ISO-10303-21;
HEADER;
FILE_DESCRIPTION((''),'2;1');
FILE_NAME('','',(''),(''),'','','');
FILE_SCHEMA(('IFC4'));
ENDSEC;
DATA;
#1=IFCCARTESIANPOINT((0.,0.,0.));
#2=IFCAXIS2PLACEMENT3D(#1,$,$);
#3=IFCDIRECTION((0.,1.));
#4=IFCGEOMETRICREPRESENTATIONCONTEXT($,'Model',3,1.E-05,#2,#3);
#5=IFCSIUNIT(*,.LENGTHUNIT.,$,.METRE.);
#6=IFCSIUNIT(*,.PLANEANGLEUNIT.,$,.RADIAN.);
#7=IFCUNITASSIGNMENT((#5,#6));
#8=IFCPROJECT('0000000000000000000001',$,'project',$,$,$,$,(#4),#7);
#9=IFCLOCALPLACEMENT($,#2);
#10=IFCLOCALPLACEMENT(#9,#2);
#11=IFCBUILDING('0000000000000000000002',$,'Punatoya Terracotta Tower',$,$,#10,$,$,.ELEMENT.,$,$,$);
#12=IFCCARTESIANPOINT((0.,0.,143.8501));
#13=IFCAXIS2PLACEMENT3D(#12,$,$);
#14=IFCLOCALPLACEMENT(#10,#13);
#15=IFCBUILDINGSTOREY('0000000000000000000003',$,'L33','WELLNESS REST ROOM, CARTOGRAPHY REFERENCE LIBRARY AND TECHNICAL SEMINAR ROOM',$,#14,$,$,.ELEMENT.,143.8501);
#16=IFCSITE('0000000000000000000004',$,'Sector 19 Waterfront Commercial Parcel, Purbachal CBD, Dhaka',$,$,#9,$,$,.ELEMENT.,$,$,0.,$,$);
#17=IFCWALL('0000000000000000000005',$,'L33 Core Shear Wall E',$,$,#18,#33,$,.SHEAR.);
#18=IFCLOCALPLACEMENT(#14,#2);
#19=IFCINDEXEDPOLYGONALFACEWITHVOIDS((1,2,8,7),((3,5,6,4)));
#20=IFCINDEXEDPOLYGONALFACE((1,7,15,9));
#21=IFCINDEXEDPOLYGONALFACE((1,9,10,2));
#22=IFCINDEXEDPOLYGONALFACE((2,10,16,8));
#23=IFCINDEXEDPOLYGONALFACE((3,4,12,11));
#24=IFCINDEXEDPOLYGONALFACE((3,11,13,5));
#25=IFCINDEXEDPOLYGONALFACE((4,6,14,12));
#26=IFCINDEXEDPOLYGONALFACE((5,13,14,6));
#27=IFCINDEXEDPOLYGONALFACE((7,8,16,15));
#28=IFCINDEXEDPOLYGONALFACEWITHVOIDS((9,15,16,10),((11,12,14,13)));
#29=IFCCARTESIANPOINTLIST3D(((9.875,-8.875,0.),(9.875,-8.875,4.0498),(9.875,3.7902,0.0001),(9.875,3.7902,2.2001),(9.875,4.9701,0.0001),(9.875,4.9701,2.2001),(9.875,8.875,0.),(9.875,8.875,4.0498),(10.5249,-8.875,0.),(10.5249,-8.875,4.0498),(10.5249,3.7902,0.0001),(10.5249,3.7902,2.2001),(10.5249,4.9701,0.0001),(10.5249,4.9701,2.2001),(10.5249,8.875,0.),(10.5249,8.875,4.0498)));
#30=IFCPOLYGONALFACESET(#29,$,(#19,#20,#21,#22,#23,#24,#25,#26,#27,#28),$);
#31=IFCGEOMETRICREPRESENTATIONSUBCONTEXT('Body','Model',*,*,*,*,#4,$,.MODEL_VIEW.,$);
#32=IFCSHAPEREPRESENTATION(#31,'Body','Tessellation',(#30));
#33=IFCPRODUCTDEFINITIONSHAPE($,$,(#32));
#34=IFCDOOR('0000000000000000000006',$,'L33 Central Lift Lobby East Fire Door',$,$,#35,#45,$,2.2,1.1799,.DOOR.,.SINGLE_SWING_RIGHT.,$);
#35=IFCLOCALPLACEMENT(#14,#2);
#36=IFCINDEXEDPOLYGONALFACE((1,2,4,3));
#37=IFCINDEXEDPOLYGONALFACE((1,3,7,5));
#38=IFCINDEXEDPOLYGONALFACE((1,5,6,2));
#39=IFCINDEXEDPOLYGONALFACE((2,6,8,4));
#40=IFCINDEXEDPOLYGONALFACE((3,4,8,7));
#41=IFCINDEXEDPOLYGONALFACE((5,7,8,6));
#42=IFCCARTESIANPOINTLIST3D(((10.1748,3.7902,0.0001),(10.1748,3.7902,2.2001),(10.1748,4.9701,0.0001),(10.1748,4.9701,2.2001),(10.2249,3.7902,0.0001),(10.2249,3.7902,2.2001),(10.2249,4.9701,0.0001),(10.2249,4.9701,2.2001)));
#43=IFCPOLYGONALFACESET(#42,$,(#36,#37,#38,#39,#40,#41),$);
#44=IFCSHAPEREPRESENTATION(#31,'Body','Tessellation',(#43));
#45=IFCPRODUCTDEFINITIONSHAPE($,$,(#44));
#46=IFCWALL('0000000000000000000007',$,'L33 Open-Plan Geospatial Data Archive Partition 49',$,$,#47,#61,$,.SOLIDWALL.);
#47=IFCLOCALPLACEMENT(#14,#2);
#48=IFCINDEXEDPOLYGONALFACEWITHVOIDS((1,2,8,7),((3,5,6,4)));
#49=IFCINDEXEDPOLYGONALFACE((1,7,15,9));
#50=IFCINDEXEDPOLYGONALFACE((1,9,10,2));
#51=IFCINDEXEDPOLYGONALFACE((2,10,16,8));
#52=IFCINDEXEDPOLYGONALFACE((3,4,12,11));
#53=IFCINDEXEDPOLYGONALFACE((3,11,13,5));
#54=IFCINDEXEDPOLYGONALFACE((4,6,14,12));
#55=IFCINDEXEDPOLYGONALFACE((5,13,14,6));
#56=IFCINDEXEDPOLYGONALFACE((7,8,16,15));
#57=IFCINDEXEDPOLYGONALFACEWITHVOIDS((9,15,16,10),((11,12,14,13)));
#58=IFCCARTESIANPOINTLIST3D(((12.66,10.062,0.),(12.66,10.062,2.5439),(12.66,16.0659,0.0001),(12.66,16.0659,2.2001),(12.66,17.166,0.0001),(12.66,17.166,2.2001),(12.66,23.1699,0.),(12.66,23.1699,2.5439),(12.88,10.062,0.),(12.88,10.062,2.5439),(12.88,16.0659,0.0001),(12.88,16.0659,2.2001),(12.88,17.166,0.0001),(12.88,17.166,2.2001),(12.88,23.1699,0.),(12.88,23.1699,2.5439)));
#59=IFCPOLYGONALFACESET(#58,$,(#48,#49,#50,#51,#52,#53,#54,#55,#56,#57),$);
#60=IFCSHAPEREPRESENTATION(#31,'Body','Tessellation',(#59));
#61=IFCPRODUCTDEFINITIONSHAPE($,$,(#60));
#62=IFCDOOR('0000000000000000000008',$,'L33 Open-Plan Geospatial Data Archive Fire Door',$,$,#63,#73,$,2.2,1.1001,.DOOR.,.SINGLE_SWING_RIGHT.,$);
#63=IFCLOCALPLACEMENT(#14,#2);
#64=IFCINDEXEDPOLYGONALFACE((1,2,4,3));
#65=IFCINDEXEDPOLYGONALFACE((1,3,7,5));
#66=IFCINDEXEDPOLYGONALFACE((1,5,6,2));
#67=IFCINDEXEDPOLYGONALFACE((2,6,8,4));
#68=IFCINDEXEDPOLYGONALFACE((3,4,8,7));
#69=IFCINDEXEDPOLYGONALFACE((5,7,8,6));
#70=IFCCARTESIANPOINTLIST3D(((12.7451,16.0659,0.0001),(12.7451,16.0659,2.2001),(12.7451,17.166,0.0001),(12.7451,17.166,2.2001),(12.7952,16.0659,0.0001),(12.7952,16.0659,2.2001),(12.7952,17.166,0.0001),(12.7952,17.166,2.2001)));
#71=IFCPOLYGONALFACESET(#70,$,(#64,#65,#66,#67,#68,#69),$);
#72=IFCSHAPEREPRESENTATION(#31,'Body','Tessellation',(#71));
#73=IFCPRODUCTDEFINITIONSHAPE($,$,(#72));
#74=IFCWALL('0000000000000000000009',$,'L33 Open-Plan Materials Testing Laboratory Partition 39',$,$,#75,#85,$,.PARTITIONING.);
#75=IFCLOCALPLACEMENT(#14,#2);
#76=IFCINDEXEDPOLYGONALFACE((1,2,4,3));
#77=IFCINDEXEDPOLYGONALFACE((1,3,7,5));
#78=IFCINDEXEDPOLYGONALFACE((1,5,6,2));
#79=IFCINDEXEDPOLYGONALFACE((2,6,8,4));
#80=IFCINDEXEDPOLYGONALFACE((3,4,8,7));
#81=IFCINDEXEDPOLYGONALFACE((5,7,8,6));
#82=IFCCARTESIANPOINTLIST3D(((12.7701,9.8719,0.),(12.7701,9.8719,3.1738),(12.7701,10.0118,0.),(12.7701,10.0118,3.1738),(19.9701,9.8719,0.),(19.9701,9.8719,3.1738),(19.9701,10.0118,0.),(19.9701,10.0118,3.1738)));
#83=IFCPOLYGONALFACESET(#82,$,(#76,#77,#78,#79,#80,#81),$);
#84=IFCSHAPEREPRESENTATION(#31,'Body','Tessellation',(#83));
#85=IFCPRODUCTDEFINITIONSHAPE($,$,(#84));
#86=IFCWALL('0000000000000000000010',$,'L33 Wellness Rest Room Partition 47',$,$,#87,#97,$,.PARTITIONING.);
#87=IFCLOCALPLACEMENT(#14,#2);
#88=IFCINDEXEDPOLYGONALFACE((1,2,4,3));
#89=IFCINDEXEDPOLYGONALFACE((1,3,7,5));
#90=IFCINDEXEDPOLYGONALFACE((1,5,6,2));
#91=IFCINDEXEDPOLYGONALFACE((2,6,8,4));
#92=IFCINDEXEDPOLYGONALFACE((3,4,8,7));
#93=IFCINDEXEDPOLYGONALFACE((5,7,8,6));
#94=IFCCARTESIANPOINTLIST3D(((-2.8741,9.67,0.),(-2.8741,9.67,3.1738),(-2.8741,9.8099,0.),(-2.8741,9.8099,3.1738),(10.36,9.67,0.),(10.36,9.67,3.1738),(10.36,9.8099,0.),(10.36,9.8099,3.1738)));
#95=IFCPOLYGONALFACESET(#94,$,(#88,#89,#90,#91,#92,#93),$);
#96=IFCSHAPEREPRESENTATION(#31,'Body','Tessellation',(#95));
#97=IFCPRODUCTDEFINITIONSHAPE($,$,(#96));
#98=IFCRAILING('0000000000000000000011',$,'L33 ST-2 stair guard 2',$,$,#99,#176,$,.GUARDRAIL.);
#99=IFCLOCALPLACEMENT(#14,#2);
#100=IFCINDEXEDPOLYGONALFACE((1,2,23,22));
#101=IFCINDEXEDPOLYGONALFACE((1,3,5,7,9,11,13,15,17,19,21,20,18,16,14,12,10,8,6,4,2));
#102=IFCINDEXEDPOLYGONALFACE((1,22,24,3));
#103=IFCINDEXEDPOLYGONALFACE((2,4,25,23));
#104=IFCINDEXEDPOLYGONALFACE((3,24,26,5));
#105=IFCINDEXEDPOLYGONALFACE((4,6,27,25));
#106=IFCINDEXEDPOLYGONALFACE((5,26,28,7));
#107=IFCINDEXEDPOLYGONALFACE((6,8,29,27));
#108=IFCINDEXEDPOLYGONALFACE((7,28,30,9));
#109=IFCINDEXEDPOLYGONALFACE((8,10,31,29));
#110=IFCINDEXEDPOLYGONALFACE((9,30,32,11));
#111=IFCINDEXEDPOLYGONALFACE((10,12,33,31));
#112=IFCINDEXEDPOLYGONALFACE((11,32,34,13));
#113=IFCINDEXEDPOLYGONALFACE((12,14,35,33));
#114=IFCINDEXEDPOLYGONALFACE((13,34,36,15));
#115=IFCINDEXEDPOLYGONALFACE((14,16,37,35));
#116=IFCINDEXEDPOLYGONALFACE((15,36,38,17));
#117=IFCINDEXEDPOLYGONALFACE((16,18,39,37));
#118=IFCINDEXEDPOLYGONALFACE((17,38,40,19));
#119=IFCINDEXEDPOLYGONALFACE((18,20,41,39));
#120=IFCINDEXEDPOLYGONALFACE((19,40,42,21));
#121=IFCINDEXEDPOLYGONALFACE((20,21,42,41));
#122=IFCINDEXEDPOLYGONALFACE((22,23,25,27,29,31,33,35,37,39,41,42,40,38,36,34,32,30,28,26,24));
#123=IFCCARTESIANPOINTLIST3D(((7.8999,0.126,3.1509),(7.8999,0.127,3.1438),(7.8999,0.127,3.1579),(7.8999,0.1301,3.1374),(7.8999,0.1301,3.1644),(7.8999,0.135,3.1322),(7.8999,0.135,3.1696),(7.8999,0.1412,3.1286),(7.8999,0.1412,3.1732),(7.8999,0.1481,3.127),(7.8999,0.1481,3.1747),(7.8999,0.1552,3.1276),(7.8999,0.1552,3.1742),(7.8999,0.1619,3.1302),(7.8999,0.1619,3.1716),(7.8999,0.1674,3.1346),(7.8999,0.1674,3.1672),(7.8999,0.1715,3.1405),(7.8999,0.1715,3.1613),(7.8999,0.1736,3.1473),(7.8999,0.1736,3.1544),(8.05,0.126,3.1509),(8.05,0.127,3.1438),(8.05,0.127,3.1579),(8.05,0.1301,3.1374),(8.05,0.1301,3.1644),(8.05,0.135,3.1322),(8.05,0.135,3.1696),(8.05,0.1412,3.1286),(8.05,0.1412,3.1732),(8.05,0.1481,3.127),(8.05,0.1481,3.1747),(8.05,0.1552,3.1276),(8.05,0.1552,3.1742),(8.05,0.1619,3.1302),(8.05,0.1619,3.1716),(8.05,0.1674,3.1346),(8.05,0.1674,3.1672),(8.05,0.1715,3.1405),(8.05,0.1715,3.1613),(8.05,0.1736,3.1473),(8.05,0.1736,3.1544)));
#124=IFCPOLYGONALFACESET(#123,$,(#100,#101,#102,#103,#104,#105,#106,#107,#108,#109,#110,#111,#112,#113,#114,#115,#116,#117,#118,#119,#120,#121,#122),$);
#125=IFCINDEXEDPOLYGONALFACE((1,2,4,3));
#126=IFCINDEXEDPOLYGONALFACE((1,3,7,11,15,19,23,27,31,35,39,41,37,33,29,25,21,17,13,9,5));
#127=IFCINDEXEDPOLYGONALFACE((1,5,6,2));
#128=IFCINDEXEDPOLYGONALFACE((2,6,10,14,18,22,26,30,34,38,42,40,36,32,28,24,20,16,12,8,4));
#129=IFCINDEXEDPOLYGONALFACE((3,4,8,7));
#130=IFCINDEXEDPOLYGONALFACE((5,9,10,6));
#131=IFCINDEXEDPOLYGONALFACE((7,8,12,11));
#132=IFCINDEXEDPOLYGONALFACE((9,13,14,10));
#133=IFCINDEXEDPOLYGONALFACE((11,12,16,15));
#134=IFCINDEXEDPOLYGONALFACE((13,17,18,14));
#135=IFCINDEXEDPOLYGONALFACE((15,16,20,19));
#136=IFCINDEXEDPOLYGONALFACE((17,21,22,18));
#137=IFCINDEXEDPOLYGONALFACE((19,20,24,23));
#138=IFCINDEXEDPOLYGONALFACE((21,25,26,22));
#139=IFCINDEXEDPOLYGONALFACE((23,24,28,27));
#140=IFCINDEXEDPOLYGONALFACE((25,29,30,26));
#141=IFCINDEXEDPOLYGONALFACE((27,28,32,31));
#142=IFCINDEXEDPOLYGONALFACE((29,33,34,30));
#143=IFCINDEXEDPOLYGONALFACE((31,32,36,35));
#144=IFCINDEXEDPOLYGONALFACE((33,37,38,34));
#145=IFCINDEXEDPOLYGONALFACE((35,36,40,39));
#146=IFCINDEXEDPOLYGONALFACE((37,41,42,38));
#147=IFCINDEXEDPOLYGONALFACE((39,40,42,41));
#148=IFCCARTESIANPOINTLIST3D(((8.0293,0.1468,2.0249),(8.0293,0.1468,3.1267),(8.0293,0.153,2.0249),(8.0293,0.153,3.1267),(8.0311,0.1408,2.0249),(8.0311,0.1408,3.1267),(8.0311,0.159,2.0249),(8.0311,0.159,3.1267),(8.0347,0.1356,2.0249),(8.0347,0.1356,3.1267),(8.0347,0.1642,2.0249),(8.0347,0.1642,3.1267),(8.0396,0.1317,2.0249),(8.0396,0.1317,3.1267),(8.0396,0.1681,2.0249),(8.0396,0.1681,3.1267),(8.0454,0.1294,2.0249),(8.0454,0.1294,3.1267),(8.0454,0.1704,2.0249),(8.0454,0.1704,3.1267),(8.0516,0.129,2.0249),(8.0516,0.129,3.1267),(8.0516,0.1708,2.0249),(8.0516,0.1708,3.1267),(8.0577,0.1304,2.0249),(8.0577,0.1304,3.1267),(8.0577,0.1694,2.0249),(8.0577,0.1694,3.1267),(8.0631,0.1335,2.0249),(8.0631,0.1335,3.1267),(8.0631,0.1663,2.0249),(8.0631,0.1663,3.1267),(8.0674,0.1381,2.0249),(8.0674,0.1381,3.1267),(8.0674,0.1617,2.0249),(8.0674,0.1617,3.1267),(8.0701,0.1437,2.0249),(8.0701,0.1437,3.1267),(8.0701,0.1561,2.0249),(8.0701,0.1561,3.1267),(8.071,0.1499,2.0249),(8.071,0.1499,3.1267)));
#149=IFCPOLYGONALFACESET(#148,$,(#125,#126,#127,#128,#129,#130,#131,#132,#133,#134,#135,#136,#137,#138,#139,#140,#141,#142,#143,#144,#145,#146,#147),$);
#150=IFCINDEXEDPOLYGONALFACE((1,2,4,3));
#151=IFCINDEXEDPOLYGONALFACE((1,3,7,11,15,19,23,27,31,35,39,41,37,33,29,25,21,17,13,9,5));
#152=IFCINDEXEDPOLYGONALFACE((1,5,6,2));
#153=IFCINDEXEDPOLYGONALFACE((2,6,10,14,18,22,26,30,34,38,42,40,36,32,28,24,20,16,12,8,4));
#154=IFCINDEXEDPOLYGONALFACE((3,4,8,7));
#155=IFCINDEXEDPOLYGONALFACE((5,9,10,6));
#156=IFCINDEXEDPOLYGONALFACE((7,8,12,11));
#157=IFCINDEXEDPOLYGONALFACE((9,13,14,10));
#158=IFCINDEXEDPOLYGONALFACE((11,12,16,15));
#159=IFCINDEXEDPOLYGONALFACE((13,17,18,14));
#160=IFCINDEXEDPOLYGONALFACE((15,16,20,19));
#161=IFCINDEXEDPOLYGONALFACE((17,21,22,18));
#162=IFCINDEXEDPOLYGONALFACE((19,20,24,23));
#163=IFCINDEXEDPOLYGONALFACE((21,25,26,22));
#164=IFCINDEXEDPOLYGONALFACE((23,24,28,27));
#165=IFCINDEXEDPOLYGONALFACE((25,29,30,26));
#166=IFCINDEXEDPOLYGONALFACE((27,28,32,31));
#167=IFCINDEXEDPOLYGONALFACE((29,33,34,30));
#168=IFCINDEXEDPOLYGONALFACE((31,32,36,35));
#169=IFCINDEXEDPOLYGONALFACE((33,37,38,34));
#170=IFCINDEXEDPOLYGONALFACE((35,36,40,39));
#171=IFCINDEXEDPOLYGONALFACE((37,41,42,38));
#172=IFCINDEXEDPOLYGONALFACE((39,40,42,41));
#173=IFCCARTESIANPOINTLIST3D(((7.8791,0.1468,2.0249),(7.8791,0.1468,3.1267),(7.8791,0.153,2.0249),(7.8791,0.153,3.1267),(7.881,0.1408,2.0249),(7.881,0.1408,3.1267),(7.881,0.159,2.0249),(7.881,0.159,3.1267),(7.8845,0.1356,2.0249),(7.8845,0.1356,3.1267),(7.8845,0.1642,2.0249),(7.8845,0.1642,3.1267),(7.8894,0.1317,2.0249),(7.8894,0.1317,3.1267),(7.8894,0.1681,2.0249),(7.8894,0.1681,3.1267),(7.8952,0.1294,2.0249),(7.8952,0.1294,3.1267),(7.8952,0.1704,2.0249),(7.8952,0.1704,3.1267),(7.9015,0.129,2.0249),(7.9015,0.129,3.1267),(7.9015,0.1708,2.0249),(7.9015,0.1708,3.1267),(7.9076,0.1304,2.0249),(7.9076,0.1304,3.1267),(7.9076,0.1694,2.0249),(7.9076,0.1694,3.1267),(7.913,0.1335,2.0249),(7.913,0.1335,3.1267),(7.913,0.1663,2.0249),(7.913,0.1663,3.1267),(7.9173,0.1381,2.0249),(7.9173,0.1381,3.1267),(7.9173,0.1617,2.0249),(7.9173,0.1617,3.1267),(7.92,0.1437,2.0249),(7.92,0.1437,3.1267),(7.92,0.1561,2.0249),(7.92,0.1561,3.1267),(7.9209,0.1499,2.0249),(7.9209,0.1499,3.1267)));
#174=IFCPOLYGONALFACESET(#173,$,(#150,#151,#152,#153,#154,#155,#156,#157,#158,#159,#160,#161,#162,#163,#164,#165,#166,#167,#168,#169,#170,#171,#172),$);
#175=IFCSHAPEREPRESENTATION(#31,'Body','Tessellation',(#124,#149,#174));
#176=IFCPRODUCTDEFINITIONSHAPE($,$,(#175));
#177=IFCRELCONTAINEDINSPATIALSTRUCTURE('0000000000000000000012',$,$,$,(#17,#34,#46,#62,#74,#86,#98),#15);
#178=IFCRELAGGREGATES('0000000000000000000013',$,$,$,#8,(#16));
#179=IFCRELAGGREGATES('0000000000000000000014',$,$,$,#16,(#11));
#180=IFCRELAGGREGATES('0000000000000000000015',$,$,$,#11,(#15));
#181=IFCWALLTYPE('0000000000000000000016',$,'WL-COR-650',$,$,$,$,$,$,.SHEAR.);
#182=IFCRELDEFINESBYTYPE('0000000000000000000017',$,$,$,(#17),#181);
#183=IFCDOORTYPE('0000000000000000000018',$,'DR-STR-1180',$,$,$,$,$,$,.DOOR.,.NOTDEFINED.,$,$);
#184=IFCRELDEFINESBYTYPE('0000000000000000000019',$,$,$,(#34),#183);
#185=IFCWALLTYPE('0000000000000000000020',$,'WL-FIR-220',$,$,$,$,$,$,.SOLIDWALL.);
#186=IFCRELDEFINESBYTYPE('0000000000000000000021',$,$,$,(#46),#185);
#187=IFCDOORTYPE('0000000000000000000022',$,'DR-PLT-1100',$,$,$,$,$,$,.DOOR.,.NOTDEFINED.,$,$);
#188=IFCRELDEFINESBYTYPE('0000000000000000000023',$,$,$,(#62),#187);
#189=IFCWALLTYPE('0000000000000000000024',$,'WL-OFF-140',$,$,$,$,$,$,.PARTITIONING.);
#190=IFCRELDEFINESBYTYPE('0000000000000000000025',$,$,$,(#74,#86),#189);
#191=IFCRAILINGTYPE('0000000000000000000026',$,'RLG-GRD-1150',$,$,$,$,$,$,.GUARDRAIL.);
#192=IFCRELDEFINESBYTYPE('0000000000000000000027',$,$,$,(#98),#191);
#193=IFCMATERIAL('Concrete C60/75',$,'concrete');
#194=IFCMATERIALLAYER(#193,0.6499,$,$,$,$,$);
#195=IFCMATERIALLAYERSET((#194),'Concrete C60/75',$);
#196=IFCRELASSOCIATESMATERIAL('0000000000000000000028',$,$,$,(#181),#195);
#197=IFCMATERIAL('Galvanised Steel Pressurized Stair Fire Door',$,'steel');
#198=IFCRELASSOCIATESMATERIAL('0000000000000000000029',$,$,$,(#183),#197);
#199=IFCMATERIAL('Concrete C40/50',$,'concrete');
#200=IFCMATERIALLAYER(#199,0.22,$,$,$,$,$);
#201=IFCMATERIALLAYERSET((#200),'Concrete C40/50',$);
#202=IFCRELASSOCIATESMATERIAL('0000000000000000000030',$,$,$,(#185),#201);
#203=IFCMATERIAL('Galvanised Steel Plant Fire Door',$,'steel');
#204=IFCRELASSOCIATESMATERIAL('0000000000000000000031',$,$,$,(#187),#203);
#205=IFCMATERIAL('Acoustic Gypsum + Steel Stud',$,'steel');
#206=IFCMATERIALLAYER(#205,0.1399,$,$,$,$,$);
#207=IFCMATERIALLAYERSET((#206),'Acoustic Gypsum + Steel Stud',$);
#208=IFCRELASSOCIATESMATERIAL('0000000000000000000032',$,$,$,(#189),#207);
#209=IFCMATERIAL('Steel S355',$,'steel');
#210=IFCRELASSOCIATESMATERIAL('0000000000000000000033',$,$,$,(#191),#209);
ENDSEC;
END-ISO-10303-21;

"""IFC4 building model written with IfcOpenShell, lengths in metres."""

from ifc_helpers import new_model, si_unit, direction, frame, frame_2d, origin, origin_2d, place, context, subcontext, project, spatial, rectangle, circle, extrude, material, layer, layer_set, type_object, element, fill, save


model = new_model("IFC4")

# Units and contexts
model_context = context("Model", 3, precision=1e-05, world=origin(), true_north=direction((0.0, 1.0)))
body_context = subcontext(model_context, "Body", "Model", "MODEL_VIEW")
ifc_project = project(units=[si_unit("LENGTHUNIT", "METRE"), si_unit("PLANEANGLEUNIT", "RADIAN")], contexts=[model_context])

# Site, building, storey
site_placement = place(None, origin())
site = spatial("IfcSite", under=ifc_project, at=site_placement, Name="Sector 19 Waterfront Commercial Parcel, Purbachal CBD, Dhaka", CompositionType="ELEMENT", RefElevation=0.0)
building_placement = place(site_placement, origin())
building = spatial("IfcBuilding", under=site, at=building_placement, Name="Punatoya Terracotta Tower", CompositionType="ELEMENT")
storey_placement = place(building_placement, frame((0.0, 0.0, 143.8501)))
storey = spatial("IfcBuildingStorey", under=building, at=storey_placement, Name="L33", Description="WELLNESS REST ROOM, CARTOGRAPHY REFERENCE LIBRARY AND TECHNICAL SEMINAR ROOM", CompositionType="ELEMENT", Elevation=143.8501)

# Shared definitions
ifc_material_1 = material(Name="Steel S355", Category="steel")

# Walls, openings, doors
ifc_material_2 = material(Name="Concrete C60/75", Category="concrete")
ifc_layer_1 = layer(ifc_material_2, 0.6499)
ifc_layer_set_1 = layer_set([ifc_layer_1], Name="Concrete C60/75")
wall_type_1 = type_object("IfcWallType", Name="WL-COR-650", PredefinedType="SHEAR", material=ifc_layer_set_1)
wall_1_placement = place(storey_placement, frame((10.2, 8.875, 0.0), z_axis=(0.0, 0.0, 1.0), x_axis=(0.0, -1.0, 0.0)))
wall_1 = element("IfcWall", 1, at=wall_1_placement, inside=storey, type_object=wall_type_1, Name="L33 Core Shear Wall E", PredefinedType="SHEAR", context=body_context, shape_type="SweptSolid", body=[
    extrude(rectangle(XDim=17.75, YDim=0.6499, at=frame_2d((8.875, 0.0))), origin(), (0.0, 0.0, 1.0), 4.0498),
])
opening_1_placement = place(wall_1_placement, frame((3.905, 0.0, 0.0)))
opening_1 = element("IfcOpeningElement", 2, at=opening_1_placement, cuts=wall_1, PredefinedType="OPENING", context=body_context, shape_type="SweptSolid", body=[
    extrude(rectangle(XDim=1.1799, YDim=2.2, at=frame_2d((0.5898, 1.1001))), frame((0.0, 0.335, 0.0), z_axis=(0.0, -1.0, 0.0), x_axis=(1.0, 0.0, 0.0)), (0.0, 0.0, 1.0), 0.6699),
])
ifc_material_3 = material(Name="Galvanised Steel Pressurized Stair Fire Door", Category="steel")
door_type_1 = type_object("IfcDoorType", Name="DR-STR-1180", OperationType="NOTDEFINED", PredefinedType="DOOR", material=ifc_material_3)
door_1_placement = place(opening_1_placement, origin())
door_1 = element("IfcDoor", 3, at=door_1_placement, inside=storey, type_object=door_type_1, Name="L33 Central Lift Lobby East Fire Door", OperationType="SINGLE_SWING_RIGHT", OverallHeight=2.2, OverallWidth=1.1799, PredefinedType="DOOR", context=body_context, shape_type="SweptSolid", body=[
    extrude(rectangle(XDim=1.1799, YDim=2.2, at=frame_2d((0.5898, 1.1001))), frame((0.0, 0.0249, 0.0), z_axis=(0.0, -1.0, 0.0), x_axis=(1.0, 0.0, 0.0)), (0.0, 0.0, 1.0), 0.05),
])
fill(opening_1, door_1)
ifc_material_4 = material(Name="Concrete C40/50", Category="concrete")
ifc_layer_2 = layer(ifc_material_4, 0.22)
ifc_layer_set_2 = layer_set([ifc_layer_2], Name="Concrete C40/50")
wall_type_2 = type_object("IfcWallType", Name="WL-FIR-220", PredefinedType="SOLIDWALL", material=ifc_layer_set_2)
wall_2_placement = place(storey_placement, frame((12.77, 10.062, 0.0), z_axis=(0.0, 0.0, 1.0), x_axis=(0.0, 1.0, 0.0)))
wall_2 = element("IfcWall", 4, at=wall_2_placement, inside=storey, type_object=wall_type_2, Name="L33 Open-Plan Geospatial Data Archive Partition 49", PredefinedType="SOLIDWALL", context=body_context, shape_type="SweptSolid", body=[
    extrude(rectangle(XDim=13.1079, YDim=0.22, at=frame_2d((6.554, 0.0))), origin(), (0.0, 0.0, 1.0), 2.5439),
])
opening_2_placement = place(wall_2_placement, frame((6.0039, 0.0, 0.0)))
opening_2 = element("IfcOpeningElement", 5, at=opening_2_placement, cuts=wall_2, PredefinedType="OPENING", context=body_context, shape_type="SweptSolid", body=[
    extrude(rectangle(XDim=1.1001, YDim=2.2, at=frame_2d((0.55, 1.1001))), frame((0.0, 0.1199, 0.0), z_axis=(0.0, -1.0, 0.0), x_axis=(1.0, 0.0, 0.0)), (0.0, 0.0, 1.0), 0.24),
])
ifc_material_5 = material(Name="Galvanised Steel Plant Fire Door", Category="steel")
door_type_2 = type_object("IfcDoorType", Name="DR-PLT-1100", OperationType="NOTDEFINED", PredefinedType="DOOR", material=ifc_material_5)
door_2_placement = place(opening_2_placement, origin())
door_2 = element("IfcDoor", 6, at=door_2_placement, inside=storey, type_object=door_type_2, Name="L33 Open-Plan Geospatial Data Archive Fire Door", OperationType="SINGLE_SWING_RIGHT", OverallHeight=2.2, OverallWidth=1.1001, PredefinedType="DOOR", context=body_context, shape_type="SweptSolid", body=[
    extrude(rectangle(XDim=1.1001, YDim=2.2, at=frame_2d((0.55, 1.1001))), frame((0.0, 0.0249, 0.0), z_axis=(0.0, -1.0, 0.0), x_axis=(1.0, 0.0, 0.0)), (0.0, 0.0, 1.0), 0.05),
])
fill(opening_2, door_2)

# Walls
ifc_material_6 = material(Name="Acoustic Gypsum + Steel Stud", Category="steel")
ifc_layer_3 = layer(ifc_material_6, 0.1399)
ifc_layer_set_3 = layer_set([ifc_layer_3], Name="Acoustic Gypsum + Steel Stud")
wall_type_3 = type_object("IfcWallType", Name="WL-OFF-140", PredefinedType="PARTITIONING", material=ifc_layer_set_3)
wall_3_placement = place(storey_placement, frame((12.77, 9.9419, 0.0), z_axis=(0.0, 0.0, 1.0), x_axis=(1.0, 0.0, 0.0)))
element("IfcWall", 7, at=wall_3_placement, inside=storey, type_object=wall_type_3, Name="L33 Open-Plan Materials Testing Laboratory Partition 39", PredefinedType="PARTITIONING", context=body_context, shape_type="SweptSolid", body=[
    extrude(rectangle(XDim=7.2, YDim=0.1399, at=frame_2d((3.6001, 0.0))), origin(), (0.0, 0.0, 1.0), 3.1738),
])
wall_4_placement = place(storey_placement, frame((10.3601, 9.74, 0.0), z_axis=(0.0, 0.0, 1.0), x_axis=(-1.0, 0.0, 0.0)))
element("IfcWall", 8, at=wall_4_placement, inside=storey, type_object=wall_type_3, Name="L33 Wellness Rest Room Partition 47", PredefinedType="PARTITIONING", context=body_context, shape_type="SweptSolid", body=[
    extrude(rectangle(XDim=13.2341, YDim=0.1399, at=frame_2d((6.6172, 0.0))), origin(), (0.0, 0.0, 1.0), 3.1738),
])

# Railing
railing_type = type_object("IfcRailingType", Name="RLG-GRD-1150", PredefinedType="GUARDRAIL", material=ifc_material_1)
railing_1_placement = place(storey_placement, frame((8.05, 0.1499, 2.0249)))
element("IfcRailing", 9, at=railing_1_placement, inside=storey, type_object=railing_type, Name="L33 ST-2 stair guard 2", PredefinedType="GUARDRAIL", context=body_context, shape_type="SweptSolid", body=[
    extrude(circle(Radius=0.0239, at=origin_2d()), frame((0.0, 0.0, 1.126), z_axis=(-1.0, 0.0, 0.0), x_axis=(0.0, -1.0, 0.0)), (0.0, 0.0, 1.0), 0.1501),
    extrude(circle(Radius=0.021, at=origin_2d()), origin(), (0.0, 0.0, 1.0), 1.1018),
    extrude(circle(Radius=0.021, at=origin_2d()), frame((-0.1501, 0.0, 0.0)), (0.0, 0.0, 1.0), 1.1018),
])

save(model, "model.ifc")
